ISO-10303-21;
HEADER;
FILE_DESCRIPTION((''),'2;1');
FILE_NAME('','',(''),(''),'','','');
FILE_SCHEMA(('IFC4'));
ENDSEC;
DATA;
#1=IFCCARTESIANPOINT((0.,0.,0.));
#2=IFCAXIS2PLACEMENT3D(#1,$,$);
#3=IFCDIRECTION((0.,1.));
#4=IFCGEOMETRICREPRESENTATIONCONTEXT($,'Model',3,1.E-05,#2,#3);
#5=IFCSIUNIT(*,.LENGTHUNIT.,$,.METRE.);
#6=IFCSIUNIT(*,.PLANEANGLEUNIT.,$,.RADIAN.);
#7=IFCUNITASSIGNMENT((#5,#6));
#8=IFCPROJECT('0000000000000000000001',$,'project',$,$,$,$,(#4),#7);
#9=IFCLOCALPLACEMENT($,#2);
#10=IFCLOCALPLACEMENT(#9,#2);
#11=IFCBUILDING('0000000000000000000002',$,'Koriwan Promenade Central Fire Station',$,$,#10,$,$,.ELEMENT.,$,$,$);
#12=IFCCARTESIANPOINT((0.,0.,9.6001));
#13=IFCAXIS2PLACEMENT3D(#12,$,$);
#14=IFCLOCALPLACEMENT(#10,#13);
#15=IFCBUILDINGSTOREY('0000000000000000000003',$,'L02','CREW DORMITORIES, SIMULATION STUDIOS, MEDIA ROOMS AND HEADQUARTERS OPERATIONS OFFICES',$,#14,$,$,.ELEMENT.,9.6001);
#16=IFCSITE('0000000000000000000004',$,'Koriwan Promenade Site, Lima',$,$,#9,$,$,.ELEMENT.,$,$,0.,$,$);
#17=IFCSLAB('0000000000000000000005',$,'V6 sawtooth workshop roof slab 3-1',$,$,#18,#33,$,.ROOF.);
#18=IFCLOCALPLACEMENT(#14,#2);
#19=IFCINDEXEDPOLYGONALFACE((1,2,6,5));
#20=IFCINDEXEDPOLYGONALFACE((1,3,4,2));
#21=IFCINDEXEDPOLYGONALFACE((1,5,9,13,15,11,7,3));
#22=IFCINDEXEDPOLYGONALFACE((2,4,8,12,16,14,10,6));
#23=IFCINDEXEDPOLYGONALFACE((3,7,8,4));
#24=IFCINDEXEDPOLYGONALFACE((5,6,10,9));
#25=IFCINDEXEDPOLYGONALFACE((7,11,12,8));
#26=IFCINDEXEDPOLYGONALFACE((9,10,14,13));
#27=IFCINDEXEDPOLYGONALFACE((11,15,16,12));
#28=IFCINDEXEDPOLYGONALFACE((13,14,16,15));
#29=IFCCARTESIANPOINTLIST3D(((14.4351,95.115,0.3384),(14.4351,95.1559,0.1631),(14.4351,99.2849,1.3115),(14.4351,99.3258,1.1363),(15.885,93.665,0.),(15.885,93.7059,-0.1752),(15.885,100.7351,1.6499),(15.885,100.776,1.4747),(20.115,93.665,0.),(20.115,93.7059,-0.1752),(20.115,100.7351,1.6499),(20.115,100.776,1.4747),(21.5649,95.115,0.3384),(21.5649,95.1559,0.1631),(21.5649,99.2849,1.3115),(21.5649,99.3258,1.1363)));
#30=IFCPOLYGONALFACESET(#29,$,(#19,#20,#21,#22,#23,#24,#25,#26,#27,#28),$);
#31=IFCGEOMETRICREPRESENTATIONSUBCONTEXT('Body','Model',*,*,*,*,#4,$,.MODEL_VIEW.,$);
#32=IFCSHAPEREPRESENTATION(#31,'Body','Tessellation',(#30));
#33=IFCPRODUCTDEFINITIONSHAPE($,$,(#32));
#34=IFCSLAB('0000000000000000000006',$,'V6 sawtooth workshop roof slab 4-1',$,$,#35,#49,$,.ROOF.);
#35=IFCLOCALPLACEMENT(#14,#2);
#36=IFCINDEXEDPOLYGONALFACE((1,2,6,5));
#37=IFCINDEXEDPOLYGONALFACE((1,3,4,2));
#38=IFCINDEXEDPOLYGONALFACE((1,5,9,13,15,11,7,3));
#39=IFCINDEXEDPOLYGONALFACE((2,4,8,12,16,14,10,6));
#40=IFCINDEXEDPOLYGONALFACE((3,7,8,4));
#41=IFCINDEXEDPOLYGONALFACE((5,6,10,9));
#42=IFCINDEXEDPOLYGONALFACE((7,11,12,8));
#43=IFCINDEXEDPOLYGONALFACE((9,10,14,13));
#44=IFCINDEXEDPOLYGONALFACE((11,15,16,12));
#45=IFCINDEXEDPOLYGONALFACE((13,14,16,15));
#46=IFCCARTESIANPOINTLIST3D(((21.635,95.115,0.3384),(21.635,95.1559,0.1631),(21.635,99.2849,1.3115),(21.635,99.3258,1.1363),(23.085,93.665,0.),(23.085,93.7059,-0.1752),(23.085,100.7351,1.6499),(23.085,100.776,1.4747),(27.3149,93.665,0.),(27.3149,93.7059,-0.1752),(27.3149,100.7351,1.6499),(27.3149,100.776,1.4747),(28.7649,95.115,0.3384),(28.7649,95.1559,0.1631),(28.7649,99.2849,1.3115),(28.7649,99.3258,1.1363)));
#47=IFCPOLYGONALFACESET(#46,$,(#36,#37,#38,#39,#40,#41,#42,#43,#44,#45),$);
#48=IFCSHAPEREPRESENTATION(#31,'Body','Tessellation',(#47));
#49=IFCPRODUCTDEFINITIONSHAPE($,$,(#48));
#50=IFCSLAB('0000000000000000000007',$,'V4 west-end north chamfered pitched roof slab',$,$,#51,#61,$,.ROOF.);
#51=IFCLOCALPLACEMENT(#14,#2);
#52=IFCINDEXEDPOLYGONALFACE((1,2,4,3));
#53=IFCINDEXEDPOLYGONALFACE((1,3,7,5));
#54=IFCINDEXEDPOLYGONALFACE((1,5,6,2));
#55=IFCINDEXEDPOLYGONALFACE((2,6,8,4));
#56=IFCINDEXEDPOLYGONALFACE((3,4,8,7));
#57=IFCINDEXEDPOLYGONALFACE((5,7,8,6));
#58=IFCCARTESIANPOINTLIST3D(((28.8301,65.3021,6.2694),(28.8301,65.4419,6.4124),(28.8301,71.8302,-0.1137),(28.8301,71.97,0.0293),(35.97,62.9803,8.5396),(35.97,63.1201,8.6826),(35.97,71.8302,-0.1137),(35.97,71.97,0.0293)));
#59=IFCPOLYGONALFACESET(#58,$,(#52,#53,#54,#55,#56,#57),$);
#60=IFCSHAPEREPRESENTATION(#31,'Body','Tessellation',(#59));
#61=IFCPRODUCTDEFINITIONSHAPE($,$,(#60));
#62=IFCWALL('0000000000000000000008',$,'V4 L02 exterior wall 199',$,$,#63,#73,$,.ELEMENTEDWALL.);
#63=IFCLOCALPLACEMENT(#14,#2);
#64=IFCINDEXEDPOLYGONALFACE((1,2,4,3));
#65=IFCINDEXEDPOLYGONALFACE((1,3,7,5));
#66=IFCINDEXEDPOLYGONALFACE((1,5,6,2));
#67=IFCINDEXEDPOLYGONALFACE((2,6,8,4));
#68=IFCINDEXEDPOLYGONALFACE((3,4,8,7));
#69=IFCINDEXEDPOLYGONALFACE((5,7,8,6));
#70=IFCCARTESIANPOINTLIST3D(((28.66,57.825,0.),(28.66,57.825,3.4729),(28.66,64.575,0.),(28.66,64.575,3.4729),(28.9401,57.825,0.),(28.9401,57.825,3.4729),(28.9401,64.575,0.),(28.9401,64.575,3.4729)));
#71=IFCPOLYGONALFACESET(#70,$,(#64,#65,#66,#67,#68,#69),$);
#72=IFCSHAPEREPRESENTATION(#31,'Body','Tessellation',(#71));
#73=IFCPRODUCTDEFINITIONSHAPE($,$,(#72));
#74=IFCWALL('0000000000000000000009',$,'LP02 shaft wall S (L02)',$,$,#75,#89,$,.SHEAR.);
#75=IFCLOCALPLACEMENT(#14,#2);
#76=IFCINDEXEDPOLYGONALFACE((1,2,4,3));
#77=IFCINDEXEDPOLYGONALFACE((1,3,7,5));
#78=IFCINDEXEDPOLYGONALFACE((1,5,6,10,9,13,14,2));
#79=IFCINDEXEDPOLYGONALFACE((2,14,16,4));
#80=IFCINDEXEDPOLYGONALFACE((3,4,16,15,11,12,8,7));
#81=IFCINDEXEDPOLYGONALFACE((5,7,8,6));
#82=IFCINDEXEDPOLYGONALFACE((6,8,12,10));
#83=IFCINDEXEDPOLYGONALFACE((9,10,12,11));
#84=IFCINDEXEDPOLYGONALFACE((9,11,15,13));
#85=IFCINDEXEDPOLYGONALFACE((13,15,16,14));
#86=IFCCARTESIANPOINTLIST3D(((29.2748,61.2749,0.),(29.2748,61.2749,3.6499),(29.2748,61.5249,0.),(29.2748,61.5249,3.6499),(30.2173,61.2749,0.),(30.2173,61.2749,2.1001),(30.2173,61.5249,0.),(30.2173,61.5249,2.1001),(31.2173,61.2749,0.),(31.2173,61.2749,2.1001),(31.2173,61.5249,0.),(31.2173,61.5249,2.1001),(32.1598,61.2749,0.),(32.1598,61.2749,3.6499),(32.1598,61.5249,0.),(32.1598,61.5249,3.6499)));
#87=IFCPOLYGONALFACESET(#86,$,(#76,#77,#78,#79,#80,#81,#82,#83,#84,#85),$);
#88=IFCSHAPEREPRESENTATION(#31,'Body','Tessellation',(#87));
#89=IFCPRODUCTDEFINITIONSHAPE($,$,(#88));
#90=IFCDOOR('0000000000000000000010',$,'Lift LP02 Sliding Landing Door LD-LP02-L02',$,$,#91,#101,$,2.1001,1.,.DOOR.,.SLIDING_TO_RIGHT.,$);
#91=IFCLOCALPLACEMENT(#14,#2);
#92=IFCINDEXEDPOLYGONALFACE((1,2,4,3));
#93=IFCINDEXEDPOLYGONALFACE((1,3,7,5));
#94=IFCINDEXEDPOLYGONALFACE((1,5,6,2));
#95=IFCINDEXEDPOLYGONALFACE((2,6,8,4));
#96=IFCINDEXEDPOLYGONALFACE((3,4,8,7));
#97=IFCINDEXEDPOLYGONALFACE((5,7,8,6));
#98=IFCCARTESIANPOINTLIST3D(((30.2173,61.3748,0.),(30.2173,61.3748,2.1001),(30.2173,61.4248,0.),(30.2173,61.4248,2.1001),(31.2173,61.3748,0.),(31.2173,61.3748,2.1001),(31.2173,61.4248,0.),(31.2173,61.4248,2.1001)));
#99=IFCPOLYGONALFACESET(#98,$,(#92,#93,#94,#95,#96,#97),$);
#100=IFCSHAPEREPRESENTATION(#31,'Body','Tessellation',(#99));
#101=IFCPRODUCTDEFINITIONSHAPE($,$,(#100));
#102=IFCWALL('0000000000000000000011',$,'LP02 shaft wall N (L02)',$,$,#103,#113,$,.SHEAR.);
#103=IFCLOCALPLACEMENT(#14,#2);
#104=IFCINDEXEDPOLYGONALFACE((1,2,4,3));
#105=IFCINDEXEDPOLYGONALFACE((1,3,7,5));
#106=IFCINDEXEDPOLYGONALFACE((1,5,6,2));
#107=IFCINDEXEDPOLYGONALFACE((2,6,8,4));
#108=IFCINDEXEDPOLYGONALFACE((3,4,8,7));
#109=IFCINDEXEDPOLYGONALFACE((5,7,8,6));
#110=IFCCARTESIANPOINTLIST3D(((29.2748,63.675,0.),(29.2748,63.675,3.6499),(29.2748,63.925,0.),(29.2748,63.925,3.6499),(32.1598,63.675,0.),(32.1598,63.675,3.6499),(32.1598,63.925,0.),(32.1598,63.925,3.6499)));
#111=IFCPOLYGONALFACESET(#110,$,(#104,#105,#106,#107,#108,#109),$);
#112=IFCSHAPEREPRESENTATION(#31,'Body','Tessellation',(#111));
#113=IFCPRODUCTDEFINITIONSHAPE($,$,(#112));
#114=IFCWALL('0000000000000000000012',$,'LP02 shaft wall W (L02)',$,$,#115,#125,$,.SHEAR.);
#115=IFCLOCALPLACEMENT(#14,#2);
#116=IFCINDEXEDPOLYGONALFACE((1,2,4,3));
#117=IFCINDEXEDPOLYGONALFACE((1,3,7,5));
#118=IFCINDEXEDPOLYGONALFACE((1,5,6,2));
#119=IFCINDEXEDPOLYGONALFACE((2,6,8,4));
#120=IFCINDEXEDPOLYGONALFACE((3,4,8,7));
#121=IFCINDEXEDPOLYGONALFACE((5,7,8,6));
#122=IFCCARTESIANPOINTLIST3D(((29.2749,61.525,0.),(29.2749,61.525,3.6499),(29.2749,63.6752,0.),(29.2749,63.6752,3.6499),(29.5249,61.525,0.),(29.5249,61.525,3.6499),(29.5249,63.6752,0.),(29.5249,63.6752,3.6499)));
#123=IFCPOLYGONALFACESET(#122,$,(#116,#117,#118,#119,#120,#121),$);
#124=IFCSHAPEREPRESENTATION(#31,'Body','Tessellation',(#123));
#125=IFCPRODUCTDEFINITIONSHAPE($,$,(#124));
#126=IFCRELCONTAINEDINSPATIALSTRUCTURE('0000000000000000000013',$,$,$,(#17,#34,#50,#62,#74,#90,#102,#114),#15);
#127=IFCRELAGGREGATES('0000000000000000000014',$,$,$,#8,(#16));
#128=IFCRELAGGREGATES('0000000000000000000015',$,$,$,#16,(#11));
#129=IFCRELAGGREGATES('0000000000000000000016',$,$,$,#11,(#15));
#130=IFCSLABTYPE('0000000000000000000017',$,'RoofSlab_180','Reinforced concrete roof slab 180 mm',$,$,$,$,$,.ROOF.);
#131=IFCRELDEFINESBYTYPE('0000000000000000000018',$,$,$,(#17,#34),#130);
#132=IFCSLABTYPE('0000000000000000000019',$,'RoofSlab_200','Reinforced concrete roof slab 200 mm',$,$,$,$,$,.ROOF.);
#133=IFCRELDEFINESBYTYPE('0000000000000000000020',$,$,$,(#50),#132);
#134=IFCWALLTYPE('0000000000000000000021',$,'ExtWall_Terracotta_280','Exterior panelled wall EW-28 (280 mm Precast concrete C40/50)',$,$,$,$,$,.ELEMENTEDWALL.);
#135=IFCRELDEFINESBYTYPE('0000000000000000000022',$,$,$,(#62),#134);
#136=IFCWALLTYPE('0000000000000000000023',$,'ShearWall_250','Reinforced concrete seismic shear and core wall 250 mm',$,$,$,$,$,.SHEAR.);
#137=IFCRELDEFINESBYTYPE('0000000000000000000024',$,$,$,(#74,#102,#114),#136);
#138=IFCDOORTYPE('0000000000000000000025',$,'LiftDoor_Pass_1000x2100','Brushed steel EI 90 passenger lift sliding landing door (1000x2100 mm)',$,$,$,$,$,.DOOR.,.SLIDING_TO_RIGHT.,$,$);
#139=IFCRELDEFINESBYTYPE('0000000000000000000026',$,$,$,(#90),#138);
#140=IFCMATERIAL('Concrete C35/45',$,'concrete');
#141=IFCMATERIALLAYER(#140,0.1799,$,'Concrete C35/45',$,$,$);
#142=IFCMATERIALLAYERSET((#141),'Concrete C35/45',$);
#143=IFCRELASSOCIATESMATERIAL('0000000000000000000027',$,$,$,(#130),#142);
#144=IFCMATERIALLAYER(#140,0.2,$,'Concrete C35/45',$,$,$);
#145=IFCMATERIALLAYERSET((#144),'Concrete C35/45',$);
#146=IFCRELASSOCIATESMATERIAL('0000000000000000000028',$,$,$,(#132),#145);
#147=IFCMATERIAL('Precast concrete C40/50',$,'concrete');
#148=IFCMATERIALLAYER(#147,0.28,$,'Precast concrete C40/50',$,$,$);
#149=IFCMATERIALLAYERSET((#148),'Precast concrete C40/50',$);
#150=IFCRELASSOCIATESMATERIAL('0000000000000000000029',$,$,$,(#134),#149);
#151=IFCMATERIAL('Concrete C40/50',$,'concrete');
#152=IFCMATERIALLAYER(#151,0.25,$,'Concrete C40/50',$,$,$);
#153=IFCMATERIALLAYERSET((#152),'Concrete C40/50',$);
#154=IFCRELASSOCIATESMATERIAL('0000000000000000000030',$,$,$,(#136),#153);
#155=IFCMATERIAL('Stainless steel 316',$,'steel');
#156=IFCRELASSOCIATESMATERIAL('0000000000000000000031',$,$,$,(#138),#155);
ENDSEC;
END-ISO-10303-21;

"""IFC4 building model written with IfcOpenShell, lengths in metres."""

from ifc_helpers import new_model, si_unit, direction, frame, frame_2d, origin, place, context, subcontext, project, spatial, polyline, rectangle, outline, extrude, material, layer, layer_set, type_object, element, fill, save


model = new_model("IFC4")

# Units and contexts
model_context = context("Model", 3, precision=1e-05, world=origin(), true_north=direction((0.0, 1.0)))
body_context = subcontext(model_context, "Body", "Model", "MODEL_VIEW")
ifc_project = project(units=[si_unit("LENGTHUNIT", "METRE"), si_unit("PLANEANGLEUNIT", "RADIAN")], contexts=[model_context])

# Site, building, storey
site_placement = place(None, origin())
site = spatial("IfcSite", under=ifc_project, at=site_placement, Name="Koriwan Promenade Site, Lima", CompositionType="ELEMENT", RefElevation=0.0)
building_placement = place(site_placement, origin())
building = spatial("IfcBuilding", under=site, at=building_placement, Name="Koriwan Promenade Central Fire Station", CompositionType="ELEMENT")
storey_placement = place(building_placement, frame((0.0, 0.0, 9.6001)))
storey = spatial("IfcBuildingStorey", under=building, at=storey_placement, Name="L02", Description="CREW DORMITORIES, SIMULATION STUDIOS, MEDIA ROOMS AND HEADQUARTERS OPERATIONS OFFICES", CompositionType="ELEMENT", Elevation=9.6001)

# Shared definitions
ifc_material_1 = material(Name="Concrete C40/50", Category="concrete")

# Slabs
ifc_material_2 = material(Name="Concrete C35/45", Category="concrete")
ifc_layer_1 = layer(ifc_material_2, 0.1799, Name="Concrete C35/45")
ifc_layer_set_1 = layer_set([ifc_layer_1], Name="Concrete C35/45")
slab_type_1 = type_object("IfcSlabType", Name="RoofSlab_180", Description="Reinforced concrete roof slab 180 mm", PredefinedType="ROOF", material=ifc_layer_set_1)
for number, where, z_axis, x_axis, name in (
    (1, (15.885, 93.665, 0.0), (0.0, -0.227259, 0.973834), (1.0, 0.0, 0.0), "V6 sawtooth workshop roof slab 3-1"),
    (2, (23.085, 93.665, 0.0), (0.0, -0.227259, 0.973834), (1.0, 0.0, 0.0), "V6 sawtooth workshop roof slab 4-1"),
):
    element("IfcSlab", number, at=place(storey_placement, frame(where, z_axis=z_axis, x_axis=x_axis)), inside=storey, type_object=slab_type_1, Name=name, PredefinedType="ROOF", context=body_context, shape_type="SweptSolid", body=[
        extrude(outline(polyline([(0.0, 0.0), (4.23, 0.0), (5.6799, 1.4889), (5.6799, 5.7709), (4.23, 7.26), (0.0, 7.26), (-1.45, 5.7709), (-1.45, 1.4889), (0.0, 0.0)])), origin(), (0.0, 0.0, -1.0), 0.1799),
    ])
ifc_layer_2 = layer(ifc_material_2, 0.2, Name="Concrete C35/45")
ifc_layer_set_2 = layer_set([ifc_layer_2], Name="Concrete C35/45")
slab_type_2 = type_object("IfcSlabType", Name="RoofSlab_200", Description="Reinforced concrete roof slab 200 mm", PredefinedType="ROOF", material=ifc_layer_set_2)
slab_1_placement = place(storey_placement, frame((28.8301, 65.4419, 6.4124), z_axis=(-0.000003, 0.699122, 0.715003), x_axis=(0.910277, -0.296009, 0.289438)))
element("IfcSlab", 3, at=slab_1_placement, inside=storey, type_object=slab_type_2, Name="V4 west-end north chamfered pitched roof slab", PredefinedType="ROOF", context=body_context, shape_type="SweptSolid", body=[
    extrude(outline(polyline([(0.0, 0.0), (7.8436, 0.0), (2.7194, 11.2669), (-3.7799, 8.3109), (0.0, 0.0)])), origin(), (0.0, 0.0, -1.0), 0.2),
])

# Wall
ifc_material_3 = material(Name="Precast concrete C40/50", Category="concrete")
ifc_layer_3 = layer(ifc_material_3, 0.28, Name="Precast concrete C40/50")
ifc_layer_set_3 = layer_set([ifc_layer_3], Name="Precast concrete C40/50")
wall_type_1 = type_object("IfcWallType", Name="ExtWall_Terracotta_280", Description="Exterior panelled wall EW-28 (280 mm Precast concrete C40/50)", PredefinedType="ELEMENTEDWALL", material=ifc_layer_set_3)
wall_1_placement = place(storey_placement, frame((28.8, 64.575, 0.0), z_axis=(0.0, 0.0, 1.0), x_axis=(0.0, -1.0, 0.0)))
element("IfcWall", 4, at=wall_1_placement, inside=storey, type_object=wall_type_1, Name="V4 L02 exterior wall 199", PredefinedType="ELEMENTEDWALL", context=body_context, shape_type="SweptSolid", body=[
    extrude(rectangle(XDim=6.75, YDim=0.28, at=frame_2d((3.375, 0.0))), origin(), (0.0, 0.0, 1.0), 3.4729),
])

# Wall, opening, door
ifc_layer_4 = layer(ifc_material_1, 0.25, Name="Concrete C40/50")
ifc_layer_set_4 = layer_set([ifc_layer_4], Name="Concrete C40/50")
wall_type_2 = type_object("IfcWallType", Name="ShearWall_250", Description="Reinforced concrete seismic shear and core wall 250 mm", PredefinedType="SHEAR", material=ifc_layer_set_4)
wall_2_placement = place(storey_placement, frame((29.2749, 61.3999, 0.0), z_axis=(0.0, 0.0, 1.0), x_axis=(1.0, 0.0, 0.0)))
wall_2 = element("IfcWall", 5, at=wall_2_placement, inside=storey, type_object=wall_type_2, Name="LP02 shaft wall S (L02)", PredefinedType="SHEAR", context=body_context, shape_type="SweptSolid", body=[
    extrude(rectangle(XDim=2.885, YDim=0.25, at=frame_2d((1.4424, 0.0))), origin(), (0.0, 0.0, 1.0), 3.6499),
])
opening_placement = place(wall_2_placement, frame((0.9424, 0.0, 0.0)))
opening = element("IfcOpeningElement", 6, at=opening_placement, cuts=wall_2, PredefinedType="OPENING", context=body_context, shape_type="SweptSolid", body=[
    extrude(rectangle(XDim=1.0, YDim=2.1001, at=frame_2d((0.5, 1.05))), frame((0.0, 0.137, 0.0), z_axis=(0.0, -1.0, 0.0), x_axis=(1.0, 0.0, 0.0)), (0.0, 0.0, 1.0), 0.2739),
])
ifc_material_4 = material(Name="Stainless steel 316", Category="steel")
door_type = type_object("IfcDoorType", Name="LiftDoor_Pass_1000x2100", Description="Brushed steel EI 90 passenger lift sliding landing door (1000x2100 mm)", OperationType="SLIDING_TO_RIGHT", PredefinedType="DOOR", material=ifc_material_4)
door_placement = place(opening_placement, origin())
door = element("IfcDoor", 7, at=door_placement, inside=storey, type_object=door_type, Name="Lift LP02 Sliding Landing Door LD-LP02-L02", OperationType="SLIDING_TO_RIGHT", OverallHeight=2.1001, OverallWidth=1.0, PredefinedType="DOOR", context=body_context, shape_type="SweptSolid", body=[
    extrude(rectangle(XDim=1.0, YDim=2.1001, at=frame_2d((0.5, 1.05))), frame((0.0, 0.0249, 0.0), z_axis=(0.0, -1.0, 0.0), x_axis=(1.0, 0.0, 0.0)), (0.0, 0.0, 1.0), 0.05),
])
fill(opening, door)

# Walls
wall_3_placement = place(storey_placement, frame((29.2749, 63.8, 0.0), z_axis=(0.0, 0.0, 1.0), x_axis=(1.0, 0.0, 0.0)))
element("IfcWall", 8, at=wall_3_placement, inside=storey, type_object=wall_type_2, Name="LP02 shaft wall N (L02)", PredefinedType="SHEAR", context=body_context, shape_type="SweptSolid", body=[
    extrude(rectangle(XDim=2.885, YDim=0.25, at=frame_2d((1.4424, 0.0))), origin(), (0.0, 0.0, 1.0), 3.6499),
])
wall_4_placement = place(storey_placement, frame((29.3999, 61.5249, 0.0), z_axis=(0.0, 0.0, 1.0), x_axis=(0.0, 1.0, 0.0)))
element("IfcWall", 9, at=wall_4_placement, inside=storey, type_object=wall_type_2, Name="LP02 shaft wall W (L02)", PredefinedType="SHEAR", context=body_context, shape_type="SweptSolid", body=[
    extrude(rectangle(XDim=2.1501, YDim=0.25, at=frame_2d((1.0752, 0.0))), origin(), (0.0, 0.0, 1.0), 3.6499),
])

save(model, "model.ifc")
